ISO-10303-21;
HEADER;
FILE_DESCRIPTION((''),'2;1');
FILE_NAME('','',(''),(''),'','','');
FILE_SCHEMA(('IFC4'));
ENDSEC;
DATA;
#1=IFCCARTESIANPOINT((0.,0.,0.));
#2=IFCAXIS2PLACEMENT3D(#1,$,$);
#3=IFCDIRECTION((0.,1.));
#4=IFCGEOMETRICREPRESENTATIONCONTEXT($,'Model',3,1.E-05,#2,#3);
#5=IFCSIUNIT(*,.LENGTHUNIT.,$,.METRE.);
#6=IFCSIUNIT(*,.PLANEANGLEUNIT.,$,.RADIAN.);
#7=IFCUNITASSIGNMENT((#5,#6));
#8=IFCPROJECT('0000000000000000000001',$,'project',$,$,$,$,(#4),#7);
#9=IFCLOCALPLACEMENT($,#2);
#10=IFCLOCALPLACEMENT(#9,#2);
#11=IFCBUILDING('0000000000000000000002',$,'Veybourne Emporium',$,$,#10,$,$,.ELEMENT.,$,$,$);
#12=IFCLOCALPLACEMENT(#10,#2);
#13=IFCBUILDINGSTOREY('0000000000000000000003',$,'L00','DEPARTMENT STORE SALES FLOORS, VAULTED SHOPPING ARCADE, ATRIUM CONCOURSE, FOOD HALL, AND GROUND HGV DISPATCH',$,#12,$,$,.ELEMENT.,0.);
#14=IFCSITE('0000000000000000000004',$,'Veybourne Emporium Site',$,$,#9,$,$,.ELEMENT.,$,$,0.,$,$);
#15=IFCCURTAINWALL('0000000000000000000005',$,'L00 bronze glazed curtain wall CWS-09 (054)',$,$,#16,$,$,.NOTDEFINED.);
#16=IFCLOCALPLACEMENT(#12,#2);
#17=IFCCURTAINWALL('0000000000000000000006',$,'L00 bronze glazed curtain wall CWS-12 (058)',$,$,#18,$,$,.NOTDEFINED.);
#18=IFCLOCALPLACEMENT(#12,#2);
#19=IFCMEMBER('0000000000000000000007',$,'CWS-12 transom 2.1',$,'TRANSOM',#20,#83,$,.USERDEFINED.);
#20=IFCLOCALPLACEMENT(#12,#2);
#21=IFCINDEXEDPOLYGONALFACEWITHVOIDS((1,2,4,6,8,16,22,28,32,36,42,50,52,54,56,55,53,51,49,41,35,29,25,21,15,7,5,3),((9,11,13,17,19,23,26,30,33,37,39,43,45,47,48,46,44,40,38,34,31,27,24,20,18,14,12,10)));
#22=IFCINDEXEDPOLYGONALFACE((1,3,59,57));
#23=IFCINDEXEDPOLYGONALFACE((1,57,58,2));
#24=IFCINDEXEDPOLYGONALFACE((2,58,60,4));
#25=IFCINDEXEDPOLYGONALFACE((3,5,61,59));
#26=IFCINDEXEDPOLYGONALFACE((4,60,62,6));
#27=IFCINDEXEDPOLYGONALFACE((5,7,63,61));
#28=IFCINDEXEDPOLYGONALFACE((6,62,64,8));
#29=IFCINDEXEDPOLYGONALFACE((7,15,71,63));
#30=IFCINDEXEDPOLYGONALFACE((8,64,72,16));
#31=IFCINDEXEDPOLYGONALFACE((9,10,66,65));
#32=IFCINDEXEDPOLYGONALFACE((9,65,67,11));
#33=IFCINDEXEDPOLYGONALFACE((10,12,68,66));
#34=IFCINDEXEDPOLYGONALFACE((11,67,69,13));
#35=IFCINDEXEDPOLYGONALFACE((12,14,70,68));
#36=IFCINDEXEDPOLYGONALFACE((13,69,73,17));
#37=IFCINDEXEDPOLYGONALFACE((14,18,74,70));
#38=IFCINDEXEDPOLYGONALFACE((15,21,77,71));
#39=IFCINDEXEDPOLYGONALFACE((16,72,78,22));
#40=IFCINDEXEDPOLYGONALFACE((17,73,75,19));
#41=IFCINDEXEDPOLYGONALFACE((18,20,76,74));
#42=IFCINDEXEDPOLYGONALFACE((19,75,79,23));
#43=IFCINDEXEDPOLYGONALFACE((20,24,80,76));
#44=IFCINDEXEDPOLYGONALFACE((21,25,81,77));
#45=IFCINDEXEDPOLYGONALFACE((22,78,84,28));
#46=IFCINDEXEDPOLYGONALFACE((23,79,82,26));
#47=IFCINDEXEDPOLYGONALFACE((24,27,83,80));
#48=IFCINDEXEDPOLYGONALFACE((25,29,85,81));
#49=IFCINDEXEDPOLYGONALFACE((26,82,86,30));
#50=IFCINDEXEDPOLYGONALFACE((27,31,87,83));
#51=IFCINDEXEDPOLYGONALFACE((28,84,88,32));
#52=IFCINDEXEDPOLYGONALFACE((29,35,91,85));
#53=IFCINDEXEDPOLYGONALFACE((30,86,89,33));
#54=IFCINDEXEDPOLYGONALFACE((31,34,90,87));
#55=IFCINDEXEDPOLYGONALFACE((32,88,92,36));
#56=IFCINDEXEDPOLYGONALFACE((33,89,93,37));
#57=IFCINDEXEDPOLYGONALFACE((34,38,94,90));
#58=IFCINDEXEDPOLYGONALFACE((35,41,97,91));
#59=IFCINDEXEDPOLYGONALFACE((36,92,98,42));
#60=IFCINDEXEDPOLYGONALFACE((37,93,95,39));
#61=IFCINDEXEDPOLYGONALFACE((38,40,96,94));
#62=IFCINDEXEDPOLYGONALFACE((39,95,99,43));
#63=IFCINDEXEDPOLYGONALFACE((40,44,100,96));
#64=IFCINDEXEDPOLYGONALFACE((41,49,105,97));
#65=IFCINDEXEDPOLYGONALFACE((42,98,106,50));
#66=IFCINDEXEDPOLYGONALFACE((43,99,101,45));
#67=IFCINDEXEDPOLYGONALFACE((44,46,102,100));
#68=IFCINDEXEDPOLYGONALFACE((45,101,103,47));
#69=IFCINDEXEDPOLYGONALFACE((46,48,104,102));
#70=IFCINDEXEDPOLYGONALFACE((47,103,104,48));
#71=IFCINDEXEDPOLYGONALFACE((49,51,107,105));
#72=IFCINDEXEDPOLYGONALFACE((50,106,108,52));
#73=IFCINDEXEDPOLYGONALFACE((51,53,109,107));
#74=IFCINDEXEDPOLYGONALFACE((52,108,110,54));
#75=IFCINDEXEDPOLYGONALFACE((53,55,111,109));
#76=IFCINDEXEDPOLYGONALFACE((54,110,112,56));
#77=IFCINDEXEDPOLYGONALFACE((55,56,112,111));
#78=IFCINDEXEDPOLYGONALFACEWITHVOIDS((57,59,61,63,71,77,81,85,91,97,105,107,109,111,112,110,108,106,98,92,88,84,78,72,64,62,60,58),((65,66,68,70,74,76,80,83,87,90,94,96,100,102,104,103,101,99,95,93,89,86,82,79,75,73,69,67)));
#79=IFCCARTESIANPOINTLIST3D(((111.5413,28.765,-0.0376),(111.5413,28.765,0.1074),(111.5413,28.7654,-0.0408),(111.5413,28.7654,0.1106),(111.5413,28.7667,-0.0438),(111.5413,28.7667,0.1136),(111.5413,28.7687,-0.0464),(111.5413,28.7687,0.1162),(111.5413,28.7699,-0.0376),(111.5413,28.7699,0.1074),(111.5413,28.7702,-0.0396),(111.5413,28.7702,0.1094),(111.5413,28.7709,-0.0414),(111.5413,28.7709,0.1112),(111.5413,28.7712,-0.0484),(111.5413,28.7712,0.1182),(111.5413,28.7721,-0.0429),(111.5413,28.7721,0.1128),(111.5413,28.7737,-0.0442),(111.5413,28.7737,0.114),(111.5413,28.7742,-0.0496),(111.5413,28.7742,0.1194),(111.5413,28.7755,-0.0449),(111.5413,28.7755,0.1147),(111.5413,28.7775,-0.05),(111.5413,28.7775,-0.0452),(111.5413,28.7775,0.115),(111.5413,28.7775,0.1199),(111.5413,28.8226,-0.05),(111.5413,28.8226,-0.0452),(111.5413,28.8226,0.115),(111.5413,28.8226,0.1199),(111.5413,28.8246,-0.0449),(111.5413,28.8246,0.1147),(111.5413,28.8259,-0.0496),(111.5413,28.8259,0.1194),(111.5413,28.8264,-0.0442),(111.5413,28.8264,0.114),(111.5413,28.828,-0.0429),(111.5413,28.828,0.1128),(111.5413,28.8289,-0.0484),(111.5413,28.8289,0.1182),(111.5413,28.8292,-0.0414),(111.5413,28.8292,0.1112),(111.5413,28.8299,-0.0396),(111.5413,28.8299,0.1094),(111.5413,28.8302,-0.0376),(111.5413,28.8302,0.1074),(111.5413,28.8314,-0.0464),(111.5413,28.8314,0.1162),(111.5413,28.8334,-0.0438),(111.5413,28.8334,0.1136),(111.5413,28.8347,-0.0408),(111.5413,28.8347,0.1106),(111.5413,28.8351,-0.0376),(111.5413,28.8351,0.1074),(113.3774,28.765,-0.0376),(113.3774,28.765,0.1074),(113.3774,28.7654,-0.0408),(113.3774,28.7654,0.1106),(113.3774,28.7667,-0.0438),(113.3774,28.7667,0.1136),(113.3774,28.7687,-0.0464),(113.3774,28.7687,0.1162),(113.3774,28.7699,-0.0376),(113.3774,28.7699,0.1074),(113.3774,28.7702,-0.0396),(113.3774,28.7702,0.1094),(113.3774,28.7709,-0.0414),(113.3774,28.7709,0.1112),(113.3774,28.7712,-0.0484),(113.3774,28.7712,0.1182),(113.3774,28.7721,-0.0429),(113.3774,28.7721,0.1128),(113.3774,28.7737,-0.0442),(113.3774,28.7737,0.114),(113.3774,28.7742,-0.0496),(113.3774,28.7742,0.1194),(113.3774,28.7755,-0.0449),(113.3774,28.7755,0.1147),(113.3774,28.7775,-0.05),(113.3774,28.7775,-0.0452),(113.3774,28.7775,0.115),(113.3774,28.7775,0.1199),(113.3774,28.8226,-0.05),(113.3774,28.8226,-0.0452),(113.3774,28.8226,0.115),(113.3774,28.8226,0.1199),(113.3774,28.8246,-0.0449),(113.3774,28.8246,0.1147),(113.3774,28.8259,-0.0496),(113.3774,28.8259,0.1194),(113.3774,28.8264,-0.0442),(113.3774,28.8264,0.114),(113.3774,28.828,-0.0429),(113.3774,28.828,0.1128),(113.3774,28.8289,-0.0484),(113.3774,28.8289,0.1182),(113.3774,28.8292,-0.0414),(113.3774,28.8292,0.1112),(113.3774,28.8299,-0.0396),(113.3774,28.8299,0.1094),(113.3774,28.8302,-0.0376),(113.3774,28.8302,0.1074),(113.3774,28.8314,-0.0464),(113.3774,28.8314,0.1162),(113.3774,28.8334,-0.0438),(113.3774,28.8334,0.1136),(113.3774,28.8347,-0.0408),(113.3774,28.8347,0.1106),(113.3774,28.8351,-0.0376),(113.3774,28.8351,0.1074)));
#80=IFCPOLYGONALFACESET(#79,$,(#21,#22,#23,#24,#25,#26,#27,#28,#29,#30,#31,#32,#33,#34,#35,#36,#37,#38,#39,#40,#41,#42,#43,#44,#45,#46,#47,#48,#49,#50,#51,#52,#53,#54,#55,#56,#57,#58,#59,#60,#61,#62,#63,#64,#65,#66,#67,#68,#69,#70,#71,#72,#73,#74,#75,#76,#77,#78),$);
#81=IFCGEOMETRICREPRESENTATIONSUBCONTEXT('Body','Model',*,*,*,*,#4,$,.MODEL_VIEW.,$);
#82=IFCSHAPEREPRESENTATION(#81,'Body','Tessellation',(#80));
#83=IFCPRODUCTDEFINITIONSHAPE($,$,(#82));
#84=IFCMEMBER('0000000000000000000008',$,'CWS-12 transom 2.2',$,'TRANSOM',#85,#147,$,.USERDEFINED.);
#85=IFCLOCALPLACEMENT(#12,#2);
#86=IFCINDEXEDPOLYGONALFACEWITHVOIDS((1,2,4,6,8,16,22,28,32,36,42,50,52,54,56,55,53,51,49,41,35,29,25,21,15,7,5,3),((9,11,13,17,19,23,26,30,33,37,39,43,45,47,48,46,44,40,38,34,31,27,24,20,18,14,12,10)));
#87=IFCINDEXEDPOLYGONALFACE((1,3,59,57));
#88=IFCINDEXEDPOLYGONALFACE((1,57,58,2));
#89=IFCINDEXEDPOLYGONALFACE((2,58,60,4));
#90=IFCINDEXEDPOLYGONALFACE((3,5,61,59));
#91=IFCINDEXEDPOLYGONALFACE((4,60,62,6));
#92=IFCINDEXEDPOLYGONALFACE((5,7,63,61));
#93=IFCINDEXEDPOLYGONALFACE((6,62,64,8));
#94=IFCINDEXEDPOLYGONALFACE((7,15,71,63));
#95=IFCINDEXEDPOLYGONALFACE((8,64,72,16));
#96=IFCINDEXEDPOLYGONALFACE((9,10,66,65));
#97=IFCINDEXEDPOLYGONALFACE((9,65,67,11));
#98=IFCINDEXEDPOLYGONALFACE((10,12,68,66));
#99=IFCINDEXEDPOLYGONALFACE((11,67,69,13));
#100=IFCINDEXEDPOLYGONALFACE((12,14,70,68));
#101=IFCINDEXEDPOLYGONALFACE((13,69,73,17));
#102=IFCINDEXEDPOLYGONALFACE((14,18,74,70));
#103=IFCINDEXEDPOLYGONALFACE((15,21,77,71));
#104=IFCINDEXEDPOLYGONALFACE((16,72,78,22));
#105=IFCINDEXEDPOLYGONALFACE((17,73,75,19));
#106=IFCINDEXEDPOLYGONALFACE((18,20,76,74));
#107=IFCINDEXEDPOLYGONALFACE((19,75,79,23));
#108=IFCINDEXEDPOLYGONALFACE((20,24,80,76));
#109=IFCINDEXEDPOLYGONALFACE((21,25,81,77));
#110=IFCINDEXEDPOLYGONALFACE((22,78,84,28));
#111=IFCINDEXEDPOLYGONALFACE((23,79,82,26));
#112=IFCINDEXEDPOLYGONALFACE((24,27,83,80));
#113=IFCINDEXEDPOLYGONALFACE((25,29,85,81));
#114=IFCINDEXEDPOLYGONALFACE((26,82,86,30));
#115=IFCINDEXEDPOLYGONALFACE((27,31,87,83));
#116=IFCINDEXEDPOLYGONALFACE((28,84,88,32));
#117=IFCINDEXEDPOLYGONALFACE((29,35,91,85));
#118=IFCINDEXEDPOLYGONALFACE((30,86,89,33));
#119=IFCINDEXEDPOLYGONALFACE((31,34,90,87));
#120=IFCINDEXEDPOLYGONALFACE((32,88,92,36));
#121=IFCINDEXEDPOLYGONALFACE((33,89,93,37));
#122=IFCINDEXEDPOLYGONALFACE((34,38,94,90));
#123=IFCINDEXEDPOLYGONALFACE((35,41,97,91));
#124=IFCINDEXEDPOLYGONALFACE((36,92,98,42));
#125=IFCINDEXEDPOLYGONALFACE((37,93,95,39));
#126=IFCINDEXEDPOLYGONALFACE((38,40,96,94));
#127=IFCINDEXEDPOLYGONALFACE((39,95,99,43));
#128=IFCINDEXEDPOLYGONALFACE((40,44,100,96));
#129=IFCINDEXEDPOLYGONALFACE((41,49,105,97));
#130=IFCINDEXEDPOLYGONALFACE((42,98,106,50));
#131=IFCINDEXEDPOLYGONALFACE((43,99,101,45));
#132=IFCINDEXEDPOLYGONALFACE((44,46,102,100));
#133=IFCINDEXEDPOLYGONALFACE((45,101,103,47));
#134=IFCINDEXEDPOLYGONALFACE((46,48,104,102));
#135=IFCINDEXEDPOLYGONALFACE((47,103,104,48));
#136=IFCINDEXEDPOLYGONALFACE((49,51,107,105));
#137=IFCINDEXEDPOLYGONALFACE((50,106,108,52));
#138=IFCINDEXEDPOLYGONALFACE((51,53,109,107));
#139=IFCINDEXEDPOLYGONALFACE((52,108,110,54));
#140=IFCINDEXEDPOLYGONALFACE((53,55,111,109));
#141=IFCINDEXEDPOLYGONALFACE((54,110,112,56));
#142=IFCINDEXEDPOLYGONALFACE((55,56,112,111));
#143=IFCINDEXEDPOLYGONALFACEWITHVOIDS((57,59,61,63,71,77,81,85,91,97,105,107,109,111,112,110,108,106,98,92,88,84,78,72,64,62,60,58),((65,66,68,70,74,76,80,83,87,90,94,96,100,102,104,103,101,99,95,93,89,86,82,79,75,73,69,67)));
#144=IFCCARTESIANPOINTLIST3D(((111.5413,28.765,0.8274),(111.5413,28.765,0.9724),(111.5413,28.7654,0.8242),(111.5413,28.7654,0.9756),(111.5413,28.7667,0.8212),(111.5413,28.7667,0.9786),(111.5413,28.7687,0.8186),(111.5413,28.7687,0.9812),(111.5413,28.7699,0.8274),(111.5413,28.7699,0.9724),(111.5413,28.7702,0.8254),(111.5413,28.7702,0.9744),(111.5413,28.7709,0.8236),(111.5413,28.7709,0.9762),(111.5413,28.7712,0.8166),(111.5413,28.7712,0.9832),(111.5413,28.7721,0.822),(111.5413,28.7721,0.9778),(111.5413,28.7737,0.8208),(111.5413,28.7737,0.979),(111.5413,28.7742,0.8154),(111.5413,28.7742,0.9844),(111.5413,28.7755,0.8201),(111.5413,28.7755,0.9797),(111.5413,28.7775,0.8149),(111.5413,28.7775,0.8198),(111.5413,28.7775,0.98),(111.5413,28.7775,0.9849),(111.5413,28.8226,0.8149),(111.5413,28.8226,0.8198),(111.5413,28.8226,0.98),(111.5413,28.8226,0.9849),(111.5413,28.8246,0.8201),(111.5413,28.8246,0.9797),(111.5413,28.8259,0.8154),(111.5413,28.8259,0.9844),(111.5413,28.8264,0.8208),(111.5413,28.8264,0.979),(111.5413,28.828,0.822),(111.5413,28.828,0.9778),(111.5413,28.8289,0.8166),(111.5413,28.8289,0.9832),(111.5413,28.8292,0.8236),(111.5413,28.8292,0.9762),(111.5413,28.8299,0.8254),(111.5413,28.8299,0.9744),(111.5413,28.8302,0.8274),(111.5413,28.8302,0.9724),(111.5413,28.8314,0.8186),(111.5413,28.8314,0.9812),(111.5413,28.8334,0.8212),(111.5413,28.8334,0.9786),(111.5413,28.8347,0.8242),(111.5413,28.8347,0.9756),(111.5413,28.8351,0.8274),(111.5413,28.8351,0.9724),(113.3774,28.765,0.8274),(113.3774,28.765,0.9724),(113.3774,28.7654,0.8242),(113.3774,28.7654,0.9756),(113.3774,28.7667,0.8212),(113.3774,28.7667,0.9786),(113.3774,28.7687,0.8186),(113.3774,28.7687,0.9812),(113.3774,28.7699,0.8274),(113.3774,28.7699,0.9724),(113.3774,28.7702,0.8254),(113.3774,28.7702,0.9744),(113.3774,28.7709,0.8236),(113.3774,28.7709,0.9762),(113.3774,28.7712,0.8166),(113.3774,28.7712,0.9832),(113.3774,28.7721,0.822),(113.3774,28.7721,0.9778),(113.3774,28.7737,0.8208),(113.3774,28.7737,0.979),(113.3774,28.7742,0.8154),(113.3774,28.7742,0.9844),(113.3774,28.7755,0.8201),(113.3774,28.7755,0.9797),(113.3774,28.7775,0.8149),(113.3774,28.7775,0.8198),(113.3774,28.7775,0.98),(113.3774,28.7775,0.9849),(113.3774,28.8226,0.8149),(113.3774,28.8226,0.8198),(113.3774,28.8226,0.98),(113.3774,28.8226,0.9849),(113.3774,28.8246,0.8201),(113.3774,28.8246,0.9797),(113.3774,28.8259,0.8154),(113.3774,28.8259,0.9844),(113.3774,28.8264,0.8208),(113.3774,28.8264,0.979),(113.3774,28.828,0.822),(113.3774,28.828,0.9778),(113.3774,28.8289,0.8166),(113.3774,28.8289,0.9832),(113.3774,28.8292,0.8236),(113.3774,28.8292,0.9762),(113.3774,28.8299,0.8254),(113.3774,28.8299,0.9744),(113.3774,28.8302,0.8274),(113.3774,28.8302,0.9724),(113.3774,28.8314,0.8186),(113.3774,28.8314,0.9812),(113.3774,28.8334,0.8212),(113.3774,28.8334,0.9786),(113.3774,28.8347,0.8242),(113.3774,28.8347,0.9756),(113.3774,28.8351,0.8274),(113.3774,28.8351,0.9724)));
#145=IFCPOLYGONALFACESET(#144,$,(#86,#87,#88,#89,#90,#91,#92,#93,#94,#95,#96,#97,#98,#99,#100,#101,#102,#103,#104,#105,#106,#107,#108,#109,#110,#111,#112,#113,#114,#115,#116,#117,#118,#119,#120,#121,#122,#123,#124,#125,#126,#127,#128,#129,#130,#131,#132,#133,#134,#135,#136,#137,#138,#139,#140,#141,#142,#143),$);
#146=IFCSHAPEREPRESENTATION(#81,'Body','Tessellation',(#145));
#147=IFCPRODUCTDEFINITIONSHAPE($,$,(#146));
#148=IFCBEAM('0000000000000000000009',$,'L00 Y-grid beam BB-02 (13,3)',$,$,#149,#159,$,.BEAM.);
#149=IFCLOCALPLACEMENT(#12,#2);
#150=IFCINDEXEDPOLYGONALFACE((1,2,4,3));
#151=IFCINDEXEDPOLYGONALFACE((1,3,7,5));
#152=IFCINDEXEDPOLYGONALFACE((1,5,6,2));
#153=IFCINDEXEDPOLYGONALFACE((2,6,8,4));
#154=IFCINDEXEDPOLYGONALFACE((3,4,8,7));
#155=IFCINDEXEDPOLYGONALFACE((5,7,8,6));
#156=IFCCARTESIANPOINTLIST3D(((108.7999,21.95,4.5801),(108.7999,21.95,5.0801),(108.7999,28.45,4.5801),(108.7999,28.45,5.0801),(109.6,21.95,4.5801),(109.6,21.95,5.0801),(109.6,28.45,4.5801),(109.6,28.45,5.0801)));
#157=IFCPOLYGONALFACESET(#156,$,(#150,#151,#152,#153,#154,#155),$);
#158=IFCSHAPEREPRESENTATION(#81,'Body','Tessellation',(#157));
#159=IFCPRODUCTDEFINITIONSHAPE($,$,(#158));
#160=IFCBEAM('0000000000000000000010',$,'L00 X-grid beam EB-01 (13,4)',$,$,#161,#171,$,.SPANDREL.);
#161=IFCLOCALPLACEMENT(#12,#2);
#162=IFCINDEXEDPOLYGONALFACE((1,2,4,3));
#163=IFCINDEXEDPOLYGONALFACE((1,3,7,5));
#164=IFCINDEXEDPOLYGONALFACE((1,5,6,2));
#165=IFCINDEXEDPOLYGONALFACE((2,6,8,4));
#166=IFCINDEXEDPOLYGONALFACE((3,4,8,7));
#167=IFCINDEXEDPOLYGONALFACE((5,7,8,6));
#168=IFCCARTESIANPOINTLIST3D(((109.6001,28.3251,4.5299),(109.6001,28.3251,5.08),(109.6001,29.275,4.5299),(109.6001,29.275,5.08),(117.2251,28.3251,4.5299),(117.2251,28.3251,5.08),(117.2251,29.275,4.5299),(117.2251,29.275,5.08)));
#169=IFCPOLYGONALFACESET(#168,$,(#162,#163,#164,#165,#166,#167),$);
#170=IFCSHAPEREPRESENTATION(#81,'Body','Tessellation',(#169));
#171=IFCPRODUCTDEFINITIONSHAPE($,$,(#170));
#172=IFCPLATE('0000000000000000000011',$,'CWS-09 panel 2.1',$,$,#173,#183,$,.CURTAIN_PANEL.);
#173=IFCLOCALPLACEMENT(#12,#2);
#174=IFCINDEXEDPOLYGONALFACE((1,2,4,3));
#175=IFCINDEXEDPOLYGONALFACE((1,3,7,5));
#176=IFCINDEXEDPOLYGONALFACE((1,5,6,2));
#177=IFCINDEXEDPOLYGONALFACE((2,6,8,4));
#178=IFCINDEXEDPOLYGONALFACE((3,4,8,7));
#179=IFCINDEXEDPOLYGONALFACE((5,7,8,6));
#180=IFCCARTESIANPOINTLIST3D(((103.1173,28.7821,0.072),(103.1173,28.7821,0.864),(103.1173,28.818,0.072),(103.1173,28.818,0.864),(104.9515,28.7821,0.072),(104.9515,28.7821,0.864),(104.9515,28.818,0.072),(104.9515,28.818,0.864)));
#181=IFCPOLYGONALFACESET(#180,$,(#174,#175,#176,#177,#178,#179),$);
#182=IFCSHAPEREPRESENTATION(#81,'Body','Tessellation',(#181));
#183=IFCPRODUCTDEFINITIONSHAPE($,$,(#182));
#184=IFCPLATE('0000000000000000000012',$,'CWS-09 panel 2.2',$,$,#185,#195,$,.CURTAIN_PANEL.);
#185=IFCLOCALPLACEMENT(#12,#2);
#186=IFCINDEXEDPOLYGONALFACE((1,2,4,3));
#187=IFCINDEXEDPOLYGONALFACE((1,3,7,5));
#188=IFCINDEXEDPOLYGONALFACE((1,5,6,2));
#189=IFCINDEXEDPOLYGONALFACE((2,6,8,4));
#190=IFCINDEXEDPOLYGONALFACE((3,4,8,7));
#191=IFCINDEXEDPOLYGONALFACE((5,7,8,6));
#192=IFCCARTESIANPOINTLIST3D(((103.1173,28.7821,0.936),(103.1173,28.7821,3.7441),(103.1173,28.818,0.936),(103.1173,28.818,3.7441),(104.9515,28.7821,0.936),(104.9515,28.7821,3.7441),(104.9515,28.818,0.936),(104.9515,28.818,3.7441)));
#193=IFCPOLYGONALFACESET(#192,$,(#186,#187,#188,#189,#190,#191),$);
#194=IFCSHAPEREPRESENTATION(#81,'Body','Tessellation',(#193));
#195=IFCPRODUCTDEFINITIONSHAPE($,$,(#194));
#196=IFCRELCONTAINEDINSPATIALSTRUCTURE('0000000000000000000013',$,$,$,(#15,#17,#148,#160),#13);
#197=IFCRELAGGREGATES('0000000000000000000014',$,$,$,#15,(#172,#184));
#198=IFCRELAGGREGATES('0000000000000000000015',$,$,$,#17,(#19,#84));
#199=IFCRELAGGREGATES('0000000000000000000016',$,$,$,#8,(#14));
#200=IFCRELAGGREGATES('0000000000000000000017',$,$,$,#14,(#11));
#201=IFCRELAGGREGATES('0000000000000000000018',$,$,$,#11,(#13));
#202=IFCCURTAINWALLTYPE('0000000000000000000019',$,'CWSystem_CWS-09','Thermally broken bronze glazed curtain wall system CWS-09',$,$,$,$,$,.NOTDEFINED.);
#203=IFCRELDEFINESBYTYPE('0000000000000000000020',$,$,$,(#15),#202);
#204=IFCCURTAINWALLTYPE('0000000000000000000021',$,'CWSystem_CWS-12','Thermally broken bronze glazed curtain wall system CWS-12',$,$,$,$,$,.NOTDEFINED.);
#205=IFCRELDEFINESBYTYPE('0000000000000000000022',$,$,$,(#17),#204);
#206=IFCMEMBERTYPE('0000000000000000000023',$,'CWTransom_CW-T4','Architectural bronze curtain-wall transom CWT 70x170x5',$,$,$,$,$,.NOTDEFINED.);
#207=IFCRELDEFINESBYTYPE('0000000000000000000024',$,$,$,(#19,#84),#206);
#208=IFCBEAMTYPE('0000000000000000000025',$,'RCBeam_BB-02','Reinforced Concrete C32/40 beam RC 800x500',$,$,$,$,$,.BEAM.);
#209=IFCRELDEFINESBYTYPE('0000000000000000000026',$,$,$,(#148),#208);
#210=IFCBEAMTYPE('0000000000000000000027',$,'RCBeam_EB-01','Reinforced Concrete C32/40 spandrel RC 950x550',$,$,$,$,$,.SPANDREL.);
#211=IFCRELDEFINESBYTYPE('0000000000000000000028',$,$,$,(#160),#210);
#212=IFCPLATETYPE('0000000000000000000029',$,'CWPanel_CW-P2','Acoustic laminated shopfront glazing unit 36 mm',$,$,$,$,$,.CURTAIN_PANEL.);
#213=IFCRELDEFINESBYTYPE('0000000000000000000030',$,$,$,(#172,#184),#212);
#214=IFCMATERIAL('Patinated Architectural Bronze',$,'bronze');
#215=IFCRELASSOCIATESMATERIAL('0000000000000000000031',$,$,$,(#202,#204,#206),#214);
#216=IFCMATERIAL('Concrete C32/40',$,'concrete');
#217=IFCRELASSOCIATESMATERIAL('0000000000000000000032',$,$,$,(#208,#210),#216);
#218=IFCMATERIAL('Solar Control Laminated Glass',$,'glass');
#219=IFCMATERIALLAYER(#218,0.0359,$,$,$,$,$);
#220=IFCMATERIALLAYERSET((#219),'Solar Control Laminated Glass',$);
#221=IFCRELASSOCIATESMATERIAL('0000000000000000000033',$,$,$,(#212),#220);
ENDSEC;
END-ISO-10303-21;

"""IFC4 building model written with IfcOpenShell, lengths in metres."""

from ifc_helpers import new_model, si_unit, direction, frame, origin, origin_2d, place, context, subcontext, project, spatial, rectangle, hollow_rectangle, extrude, material, layer, layer_set, material_profile, profile_set, type_object, element, aggregate, save


model = new_model("IFC4")

# Units and contexts
model_context = context("Model", 3, precision=1e-05, world=origin(), true_north=direction((0.0, 1.0)))
body_context = subcontext(model_context, "Body", "Model", "MODEL_VIEW")
ifc_project = project(units=[si_unit("LENGTHUNIT", "METRE"), si_unit("PLANEANGLEUNIT", "RADIAN")], contexts=[model_context])

# Site, building, storey
site_placement = place(None, origin())
site = spatial("IfcSite", under=ifc_project, at=site_placement, Name="Veybourne Emporium Site", CompositionType="ELEMENT", RefElevation=0.0)
building_placement = place(site_placement, origin())
building = spatial("IfcBuilding", under=site, at=building_placement, Name="Veybourne Emporium", CompositionType="ELEMENT")
storey_placement = place(building_placement, origin())
storey = spatial("IfcBuildingStorey", under=building, at=storey_placement, Name="L00", Description="DEPARTMENT STORE SALES FLOORS, VAULTED SHOPPING ARCADE, ATRIUM CONCOURSE, FOOD HALL, AND GROUND HGV DISPATCH", CompositionType="ELEMENT", Elevation=0.0)

# Curtain walls
ifc_material_1 = material(Name="Patinated Architectural Bronze", Category="bronze")
curtain_wall_type_1 = type_object("IfcCurtainWallType", Name="CWSystem_CWS-09", Description="Thermally broken bronze glazed curtain wall system CWS-09", PredefinedType="NOTDEFINED", material=ifc_material_1)
curtain_wall_1_placement = place(storey_placement, origin())
curtain_wall_1 = element("IfcCurtainWall", 1, at=curtain_wall_1_placement, inside=storey, type_object=curtain_wall_type_1, Name="L00 bronze glazed curtain wall CWS-09 (054)", PredefinedType="NOTDEFINED")
curtain_wall_type_2 = type_object("IfcCurtainWallType", Name="CWSystem_CWS-12", Description="Thermally broken bronze glazed curtain wall system CWS-12", PredefinedType="NOTDEFINED", material=ifc_material_1)
curtain_wall_2_placement = place(storey_placement, origin())
curtain_wall_2 = element("IfcCurtainWall", 2, at=curtain_wall_2_placement, inside=storey, type_object=curtain_wall_type_2, Name="L00 bronze glazed curtain wall CWS-12 (058)", PredefinedType="NOTDEFINED")

# Members
ifc_material_profile_1 = material_profile(ifc_material_1, hollow_rectangle(XDim=0.0701, YDim=0.1699, WallThickness=0.0049, InnerFilletRadius=0.0076, OuterFilletRadius=0.0125, at=origin_2d()), Name="CWT 70x170x5")
ifc_profile_set_1 = profile_set([ifc_material_profile_1], Name="Patinated Architectural Bronze")
member_type_1 = type_object("IfcMemberType", Name="CWTransom_CW-T4", Description="Architectural bronze curtain-wall transom CWT 70x170x5", PredefinedType="NOTDEFINED", material=ifc_profile_set_1)
member_1_placement = place(storey_placement, frame((111.5413, 28.8, 0.0349), z_axis=(1.0, 0.0, 0.0), x_axis=(0.0, 1.0, 0.0)))
member_1 = element("IfcMember", 3, at=member_1_placement, type_object=member_type_1, Name="CWS-12 transom 2.1", ObjectType="TRANSOM", PredefinedType="USERDEFINED", context=body_context, shape_type="SweptSolid", body=[
    extrude(hollow_rectangle(XDim=0.0701, YDim=0.1699, WallThickness=0.0049, InnerFilletRadius=0.0076, OuterFilletRadius=0.0125, at=origin_2d()), origin(), (0.0, 0.0, 1.0), 1.8362),
])
member_2_placement = place(storey_placement, frame((111.5413, 28.8, 0.8999), z_axis=(1.0, 0.0, 0.0), x_axis=(0.0, 1.0, 0.0)))
member_2 = element("IfcMember", 4, at=member_2_placement, type_object=member_type_1, Name="CWS-12 transom 2.2", ObjectType="TRANSOM", PredefinedType="USERDEFINED", context=body_context, shape_type="SweptSolid", body=[
    extrude(hollow_rectangle(XDim=0.0701, YDim=0.1699, WallThickness=0.0049, InnerFilletRadius=0.0076, OuterFilletRadius=0.0125, at=origin_2d()), origin(), (0.0, 0.0, 1.0), 1.8362),
])

# Beams
ifc_material_2 = material(Name="Concrete C32/40", Category="concrete")
ifc_material_profile_2 = material_profile(ifc_material_2, rectangle(XDim=0.8, YDim=0.5, at=origin_2d()), Name="RC 800x500")
ifc_profile_set_2 = profile_set([ifc_material_profile_2], Name="Concrete C32/40")
beam_type_1 = type_object("IfcBeamType", Name="RCBeam_BB-02", Description="Reinforced Concrete C32/40 beam RC 800x500", PredefinedType="BEAM", material=ifc_profile_set_2)
beam_1_placement = place(storey_placement, frame((109.2, 21.95, 4.8301), z_axis=(0.0, 1.0, 0.0), x_axis=(-1.0, 0.0, 0.0)))
element("IfcBeam", 5, at=beam_1_placement, inside=storey, type_object=beam_type_1, Name="L00 Y-grid beam BB-02 (13,3)", PredefinedType="BEAM", context=body_context, shape_type="SweptSolid", body=[
    extrude(rectangle(XDim=0.8, YDim=0.5, at=origin_2d()), origin(), (0.0, 0.0, 1.0), 6.5),
])
ifc_material_profile_3 = material_profile(ifc_material_2, rectangle(XDim=0.95, YDim=0.55, at=origin_2d()), Name="RC 950x550")
ifc_profile_set_3 = profile_set([ifc_material_profile_3], Name="Concrete C32/40")
beam_type_2 = type_object("IfcBeamType", Name="RCBeam_EB-01", Description="Reinforced Concrete C32/40 spandrel RC 950x550", PredefinedType="SPANDREL", material=ifc_profile_set_3)
beam_2_placement = place(storey_placement, frame((109.6001, 28.8, 4.8049), z_axis=(1.0, 0.0, 0.0), x_axis=(0.0, 1.0, 0.0)))
element("IfcBeam", 6, at=beam_2_placement, inside=storey, type_object=beam_type_2, Name="L00 X-grid beam EB-01 (13,4)", PredefinedType="SPANDREL", context=body_context, shape_type="SweptSolid", body=[
    extrude(rectangle(XDim=0.95, YDim=0.55, at=origin_2d()), origin(), (0.0, 0.0, 1.0), 7.625),
])

# Plates
ifc_material_3 = material(Name="Solar Control Laminated Glass", Category="glass")
ifc_layer = layer(ifc_material_3, 0.0359)
ifc_layer_set = layer_set([ifc_layer], Name="Solar Control Laminated Glass")
plate_type = type_object("IfcPlateType", Name="CWPanel_CW-P2", Description="Acoustic laminated shopfront glazing unit 36 mm", PredefinedType="CURTAIN_PANEL", material=ifc_layer_set)
plate_1_placement = place(storey_placement, frame((104.0344, 28.8, 0.072), z_axis=(0.0, 0.0, 1.0), x_axis=(1.0, 0.0, 0.0)))
plate_1 = element("IfcPlate", 7, at=plate_1_placement, type_object=plate_type, Name="CWS-09 panel 2.1", PredefinedType="CURTAIN_PANEL", context=body_context, shape_type="SweptSolid", body=[
    extrude(rectangle(XDim=1.8342, YDim=0.0359, at=origin_2d()), origin(), (0.0, 0.0, 1.0), 0.792),
])
plate_2_placement = place(storey_placement, frame((104.0344, 28.8, 0.936), z_axis=(0.0, 0.0, 1.0), x_axis=(1.0, 0.0, 0.0)))
plate_2 = element("IfcPlate", 8, at=plate_2_placement, type_object=plate_type, Name="CWS-09 panel 2.2", PredefinedType="CURTAIN_PANEL", context=body_context, shape_type="SweptSolid", body=[
    extrude(rectangle(XDim=1.8342, YDim=0.0359, at=origin_2d()), origin(), (0.0, 0.0, 1.0), 2.8081),
])
aggregate(curtain_wall_1, [plate_1, plate_2])
aggregate(curtain_wall_2, [member_1, member_2])

save(model, "model.ifc")
